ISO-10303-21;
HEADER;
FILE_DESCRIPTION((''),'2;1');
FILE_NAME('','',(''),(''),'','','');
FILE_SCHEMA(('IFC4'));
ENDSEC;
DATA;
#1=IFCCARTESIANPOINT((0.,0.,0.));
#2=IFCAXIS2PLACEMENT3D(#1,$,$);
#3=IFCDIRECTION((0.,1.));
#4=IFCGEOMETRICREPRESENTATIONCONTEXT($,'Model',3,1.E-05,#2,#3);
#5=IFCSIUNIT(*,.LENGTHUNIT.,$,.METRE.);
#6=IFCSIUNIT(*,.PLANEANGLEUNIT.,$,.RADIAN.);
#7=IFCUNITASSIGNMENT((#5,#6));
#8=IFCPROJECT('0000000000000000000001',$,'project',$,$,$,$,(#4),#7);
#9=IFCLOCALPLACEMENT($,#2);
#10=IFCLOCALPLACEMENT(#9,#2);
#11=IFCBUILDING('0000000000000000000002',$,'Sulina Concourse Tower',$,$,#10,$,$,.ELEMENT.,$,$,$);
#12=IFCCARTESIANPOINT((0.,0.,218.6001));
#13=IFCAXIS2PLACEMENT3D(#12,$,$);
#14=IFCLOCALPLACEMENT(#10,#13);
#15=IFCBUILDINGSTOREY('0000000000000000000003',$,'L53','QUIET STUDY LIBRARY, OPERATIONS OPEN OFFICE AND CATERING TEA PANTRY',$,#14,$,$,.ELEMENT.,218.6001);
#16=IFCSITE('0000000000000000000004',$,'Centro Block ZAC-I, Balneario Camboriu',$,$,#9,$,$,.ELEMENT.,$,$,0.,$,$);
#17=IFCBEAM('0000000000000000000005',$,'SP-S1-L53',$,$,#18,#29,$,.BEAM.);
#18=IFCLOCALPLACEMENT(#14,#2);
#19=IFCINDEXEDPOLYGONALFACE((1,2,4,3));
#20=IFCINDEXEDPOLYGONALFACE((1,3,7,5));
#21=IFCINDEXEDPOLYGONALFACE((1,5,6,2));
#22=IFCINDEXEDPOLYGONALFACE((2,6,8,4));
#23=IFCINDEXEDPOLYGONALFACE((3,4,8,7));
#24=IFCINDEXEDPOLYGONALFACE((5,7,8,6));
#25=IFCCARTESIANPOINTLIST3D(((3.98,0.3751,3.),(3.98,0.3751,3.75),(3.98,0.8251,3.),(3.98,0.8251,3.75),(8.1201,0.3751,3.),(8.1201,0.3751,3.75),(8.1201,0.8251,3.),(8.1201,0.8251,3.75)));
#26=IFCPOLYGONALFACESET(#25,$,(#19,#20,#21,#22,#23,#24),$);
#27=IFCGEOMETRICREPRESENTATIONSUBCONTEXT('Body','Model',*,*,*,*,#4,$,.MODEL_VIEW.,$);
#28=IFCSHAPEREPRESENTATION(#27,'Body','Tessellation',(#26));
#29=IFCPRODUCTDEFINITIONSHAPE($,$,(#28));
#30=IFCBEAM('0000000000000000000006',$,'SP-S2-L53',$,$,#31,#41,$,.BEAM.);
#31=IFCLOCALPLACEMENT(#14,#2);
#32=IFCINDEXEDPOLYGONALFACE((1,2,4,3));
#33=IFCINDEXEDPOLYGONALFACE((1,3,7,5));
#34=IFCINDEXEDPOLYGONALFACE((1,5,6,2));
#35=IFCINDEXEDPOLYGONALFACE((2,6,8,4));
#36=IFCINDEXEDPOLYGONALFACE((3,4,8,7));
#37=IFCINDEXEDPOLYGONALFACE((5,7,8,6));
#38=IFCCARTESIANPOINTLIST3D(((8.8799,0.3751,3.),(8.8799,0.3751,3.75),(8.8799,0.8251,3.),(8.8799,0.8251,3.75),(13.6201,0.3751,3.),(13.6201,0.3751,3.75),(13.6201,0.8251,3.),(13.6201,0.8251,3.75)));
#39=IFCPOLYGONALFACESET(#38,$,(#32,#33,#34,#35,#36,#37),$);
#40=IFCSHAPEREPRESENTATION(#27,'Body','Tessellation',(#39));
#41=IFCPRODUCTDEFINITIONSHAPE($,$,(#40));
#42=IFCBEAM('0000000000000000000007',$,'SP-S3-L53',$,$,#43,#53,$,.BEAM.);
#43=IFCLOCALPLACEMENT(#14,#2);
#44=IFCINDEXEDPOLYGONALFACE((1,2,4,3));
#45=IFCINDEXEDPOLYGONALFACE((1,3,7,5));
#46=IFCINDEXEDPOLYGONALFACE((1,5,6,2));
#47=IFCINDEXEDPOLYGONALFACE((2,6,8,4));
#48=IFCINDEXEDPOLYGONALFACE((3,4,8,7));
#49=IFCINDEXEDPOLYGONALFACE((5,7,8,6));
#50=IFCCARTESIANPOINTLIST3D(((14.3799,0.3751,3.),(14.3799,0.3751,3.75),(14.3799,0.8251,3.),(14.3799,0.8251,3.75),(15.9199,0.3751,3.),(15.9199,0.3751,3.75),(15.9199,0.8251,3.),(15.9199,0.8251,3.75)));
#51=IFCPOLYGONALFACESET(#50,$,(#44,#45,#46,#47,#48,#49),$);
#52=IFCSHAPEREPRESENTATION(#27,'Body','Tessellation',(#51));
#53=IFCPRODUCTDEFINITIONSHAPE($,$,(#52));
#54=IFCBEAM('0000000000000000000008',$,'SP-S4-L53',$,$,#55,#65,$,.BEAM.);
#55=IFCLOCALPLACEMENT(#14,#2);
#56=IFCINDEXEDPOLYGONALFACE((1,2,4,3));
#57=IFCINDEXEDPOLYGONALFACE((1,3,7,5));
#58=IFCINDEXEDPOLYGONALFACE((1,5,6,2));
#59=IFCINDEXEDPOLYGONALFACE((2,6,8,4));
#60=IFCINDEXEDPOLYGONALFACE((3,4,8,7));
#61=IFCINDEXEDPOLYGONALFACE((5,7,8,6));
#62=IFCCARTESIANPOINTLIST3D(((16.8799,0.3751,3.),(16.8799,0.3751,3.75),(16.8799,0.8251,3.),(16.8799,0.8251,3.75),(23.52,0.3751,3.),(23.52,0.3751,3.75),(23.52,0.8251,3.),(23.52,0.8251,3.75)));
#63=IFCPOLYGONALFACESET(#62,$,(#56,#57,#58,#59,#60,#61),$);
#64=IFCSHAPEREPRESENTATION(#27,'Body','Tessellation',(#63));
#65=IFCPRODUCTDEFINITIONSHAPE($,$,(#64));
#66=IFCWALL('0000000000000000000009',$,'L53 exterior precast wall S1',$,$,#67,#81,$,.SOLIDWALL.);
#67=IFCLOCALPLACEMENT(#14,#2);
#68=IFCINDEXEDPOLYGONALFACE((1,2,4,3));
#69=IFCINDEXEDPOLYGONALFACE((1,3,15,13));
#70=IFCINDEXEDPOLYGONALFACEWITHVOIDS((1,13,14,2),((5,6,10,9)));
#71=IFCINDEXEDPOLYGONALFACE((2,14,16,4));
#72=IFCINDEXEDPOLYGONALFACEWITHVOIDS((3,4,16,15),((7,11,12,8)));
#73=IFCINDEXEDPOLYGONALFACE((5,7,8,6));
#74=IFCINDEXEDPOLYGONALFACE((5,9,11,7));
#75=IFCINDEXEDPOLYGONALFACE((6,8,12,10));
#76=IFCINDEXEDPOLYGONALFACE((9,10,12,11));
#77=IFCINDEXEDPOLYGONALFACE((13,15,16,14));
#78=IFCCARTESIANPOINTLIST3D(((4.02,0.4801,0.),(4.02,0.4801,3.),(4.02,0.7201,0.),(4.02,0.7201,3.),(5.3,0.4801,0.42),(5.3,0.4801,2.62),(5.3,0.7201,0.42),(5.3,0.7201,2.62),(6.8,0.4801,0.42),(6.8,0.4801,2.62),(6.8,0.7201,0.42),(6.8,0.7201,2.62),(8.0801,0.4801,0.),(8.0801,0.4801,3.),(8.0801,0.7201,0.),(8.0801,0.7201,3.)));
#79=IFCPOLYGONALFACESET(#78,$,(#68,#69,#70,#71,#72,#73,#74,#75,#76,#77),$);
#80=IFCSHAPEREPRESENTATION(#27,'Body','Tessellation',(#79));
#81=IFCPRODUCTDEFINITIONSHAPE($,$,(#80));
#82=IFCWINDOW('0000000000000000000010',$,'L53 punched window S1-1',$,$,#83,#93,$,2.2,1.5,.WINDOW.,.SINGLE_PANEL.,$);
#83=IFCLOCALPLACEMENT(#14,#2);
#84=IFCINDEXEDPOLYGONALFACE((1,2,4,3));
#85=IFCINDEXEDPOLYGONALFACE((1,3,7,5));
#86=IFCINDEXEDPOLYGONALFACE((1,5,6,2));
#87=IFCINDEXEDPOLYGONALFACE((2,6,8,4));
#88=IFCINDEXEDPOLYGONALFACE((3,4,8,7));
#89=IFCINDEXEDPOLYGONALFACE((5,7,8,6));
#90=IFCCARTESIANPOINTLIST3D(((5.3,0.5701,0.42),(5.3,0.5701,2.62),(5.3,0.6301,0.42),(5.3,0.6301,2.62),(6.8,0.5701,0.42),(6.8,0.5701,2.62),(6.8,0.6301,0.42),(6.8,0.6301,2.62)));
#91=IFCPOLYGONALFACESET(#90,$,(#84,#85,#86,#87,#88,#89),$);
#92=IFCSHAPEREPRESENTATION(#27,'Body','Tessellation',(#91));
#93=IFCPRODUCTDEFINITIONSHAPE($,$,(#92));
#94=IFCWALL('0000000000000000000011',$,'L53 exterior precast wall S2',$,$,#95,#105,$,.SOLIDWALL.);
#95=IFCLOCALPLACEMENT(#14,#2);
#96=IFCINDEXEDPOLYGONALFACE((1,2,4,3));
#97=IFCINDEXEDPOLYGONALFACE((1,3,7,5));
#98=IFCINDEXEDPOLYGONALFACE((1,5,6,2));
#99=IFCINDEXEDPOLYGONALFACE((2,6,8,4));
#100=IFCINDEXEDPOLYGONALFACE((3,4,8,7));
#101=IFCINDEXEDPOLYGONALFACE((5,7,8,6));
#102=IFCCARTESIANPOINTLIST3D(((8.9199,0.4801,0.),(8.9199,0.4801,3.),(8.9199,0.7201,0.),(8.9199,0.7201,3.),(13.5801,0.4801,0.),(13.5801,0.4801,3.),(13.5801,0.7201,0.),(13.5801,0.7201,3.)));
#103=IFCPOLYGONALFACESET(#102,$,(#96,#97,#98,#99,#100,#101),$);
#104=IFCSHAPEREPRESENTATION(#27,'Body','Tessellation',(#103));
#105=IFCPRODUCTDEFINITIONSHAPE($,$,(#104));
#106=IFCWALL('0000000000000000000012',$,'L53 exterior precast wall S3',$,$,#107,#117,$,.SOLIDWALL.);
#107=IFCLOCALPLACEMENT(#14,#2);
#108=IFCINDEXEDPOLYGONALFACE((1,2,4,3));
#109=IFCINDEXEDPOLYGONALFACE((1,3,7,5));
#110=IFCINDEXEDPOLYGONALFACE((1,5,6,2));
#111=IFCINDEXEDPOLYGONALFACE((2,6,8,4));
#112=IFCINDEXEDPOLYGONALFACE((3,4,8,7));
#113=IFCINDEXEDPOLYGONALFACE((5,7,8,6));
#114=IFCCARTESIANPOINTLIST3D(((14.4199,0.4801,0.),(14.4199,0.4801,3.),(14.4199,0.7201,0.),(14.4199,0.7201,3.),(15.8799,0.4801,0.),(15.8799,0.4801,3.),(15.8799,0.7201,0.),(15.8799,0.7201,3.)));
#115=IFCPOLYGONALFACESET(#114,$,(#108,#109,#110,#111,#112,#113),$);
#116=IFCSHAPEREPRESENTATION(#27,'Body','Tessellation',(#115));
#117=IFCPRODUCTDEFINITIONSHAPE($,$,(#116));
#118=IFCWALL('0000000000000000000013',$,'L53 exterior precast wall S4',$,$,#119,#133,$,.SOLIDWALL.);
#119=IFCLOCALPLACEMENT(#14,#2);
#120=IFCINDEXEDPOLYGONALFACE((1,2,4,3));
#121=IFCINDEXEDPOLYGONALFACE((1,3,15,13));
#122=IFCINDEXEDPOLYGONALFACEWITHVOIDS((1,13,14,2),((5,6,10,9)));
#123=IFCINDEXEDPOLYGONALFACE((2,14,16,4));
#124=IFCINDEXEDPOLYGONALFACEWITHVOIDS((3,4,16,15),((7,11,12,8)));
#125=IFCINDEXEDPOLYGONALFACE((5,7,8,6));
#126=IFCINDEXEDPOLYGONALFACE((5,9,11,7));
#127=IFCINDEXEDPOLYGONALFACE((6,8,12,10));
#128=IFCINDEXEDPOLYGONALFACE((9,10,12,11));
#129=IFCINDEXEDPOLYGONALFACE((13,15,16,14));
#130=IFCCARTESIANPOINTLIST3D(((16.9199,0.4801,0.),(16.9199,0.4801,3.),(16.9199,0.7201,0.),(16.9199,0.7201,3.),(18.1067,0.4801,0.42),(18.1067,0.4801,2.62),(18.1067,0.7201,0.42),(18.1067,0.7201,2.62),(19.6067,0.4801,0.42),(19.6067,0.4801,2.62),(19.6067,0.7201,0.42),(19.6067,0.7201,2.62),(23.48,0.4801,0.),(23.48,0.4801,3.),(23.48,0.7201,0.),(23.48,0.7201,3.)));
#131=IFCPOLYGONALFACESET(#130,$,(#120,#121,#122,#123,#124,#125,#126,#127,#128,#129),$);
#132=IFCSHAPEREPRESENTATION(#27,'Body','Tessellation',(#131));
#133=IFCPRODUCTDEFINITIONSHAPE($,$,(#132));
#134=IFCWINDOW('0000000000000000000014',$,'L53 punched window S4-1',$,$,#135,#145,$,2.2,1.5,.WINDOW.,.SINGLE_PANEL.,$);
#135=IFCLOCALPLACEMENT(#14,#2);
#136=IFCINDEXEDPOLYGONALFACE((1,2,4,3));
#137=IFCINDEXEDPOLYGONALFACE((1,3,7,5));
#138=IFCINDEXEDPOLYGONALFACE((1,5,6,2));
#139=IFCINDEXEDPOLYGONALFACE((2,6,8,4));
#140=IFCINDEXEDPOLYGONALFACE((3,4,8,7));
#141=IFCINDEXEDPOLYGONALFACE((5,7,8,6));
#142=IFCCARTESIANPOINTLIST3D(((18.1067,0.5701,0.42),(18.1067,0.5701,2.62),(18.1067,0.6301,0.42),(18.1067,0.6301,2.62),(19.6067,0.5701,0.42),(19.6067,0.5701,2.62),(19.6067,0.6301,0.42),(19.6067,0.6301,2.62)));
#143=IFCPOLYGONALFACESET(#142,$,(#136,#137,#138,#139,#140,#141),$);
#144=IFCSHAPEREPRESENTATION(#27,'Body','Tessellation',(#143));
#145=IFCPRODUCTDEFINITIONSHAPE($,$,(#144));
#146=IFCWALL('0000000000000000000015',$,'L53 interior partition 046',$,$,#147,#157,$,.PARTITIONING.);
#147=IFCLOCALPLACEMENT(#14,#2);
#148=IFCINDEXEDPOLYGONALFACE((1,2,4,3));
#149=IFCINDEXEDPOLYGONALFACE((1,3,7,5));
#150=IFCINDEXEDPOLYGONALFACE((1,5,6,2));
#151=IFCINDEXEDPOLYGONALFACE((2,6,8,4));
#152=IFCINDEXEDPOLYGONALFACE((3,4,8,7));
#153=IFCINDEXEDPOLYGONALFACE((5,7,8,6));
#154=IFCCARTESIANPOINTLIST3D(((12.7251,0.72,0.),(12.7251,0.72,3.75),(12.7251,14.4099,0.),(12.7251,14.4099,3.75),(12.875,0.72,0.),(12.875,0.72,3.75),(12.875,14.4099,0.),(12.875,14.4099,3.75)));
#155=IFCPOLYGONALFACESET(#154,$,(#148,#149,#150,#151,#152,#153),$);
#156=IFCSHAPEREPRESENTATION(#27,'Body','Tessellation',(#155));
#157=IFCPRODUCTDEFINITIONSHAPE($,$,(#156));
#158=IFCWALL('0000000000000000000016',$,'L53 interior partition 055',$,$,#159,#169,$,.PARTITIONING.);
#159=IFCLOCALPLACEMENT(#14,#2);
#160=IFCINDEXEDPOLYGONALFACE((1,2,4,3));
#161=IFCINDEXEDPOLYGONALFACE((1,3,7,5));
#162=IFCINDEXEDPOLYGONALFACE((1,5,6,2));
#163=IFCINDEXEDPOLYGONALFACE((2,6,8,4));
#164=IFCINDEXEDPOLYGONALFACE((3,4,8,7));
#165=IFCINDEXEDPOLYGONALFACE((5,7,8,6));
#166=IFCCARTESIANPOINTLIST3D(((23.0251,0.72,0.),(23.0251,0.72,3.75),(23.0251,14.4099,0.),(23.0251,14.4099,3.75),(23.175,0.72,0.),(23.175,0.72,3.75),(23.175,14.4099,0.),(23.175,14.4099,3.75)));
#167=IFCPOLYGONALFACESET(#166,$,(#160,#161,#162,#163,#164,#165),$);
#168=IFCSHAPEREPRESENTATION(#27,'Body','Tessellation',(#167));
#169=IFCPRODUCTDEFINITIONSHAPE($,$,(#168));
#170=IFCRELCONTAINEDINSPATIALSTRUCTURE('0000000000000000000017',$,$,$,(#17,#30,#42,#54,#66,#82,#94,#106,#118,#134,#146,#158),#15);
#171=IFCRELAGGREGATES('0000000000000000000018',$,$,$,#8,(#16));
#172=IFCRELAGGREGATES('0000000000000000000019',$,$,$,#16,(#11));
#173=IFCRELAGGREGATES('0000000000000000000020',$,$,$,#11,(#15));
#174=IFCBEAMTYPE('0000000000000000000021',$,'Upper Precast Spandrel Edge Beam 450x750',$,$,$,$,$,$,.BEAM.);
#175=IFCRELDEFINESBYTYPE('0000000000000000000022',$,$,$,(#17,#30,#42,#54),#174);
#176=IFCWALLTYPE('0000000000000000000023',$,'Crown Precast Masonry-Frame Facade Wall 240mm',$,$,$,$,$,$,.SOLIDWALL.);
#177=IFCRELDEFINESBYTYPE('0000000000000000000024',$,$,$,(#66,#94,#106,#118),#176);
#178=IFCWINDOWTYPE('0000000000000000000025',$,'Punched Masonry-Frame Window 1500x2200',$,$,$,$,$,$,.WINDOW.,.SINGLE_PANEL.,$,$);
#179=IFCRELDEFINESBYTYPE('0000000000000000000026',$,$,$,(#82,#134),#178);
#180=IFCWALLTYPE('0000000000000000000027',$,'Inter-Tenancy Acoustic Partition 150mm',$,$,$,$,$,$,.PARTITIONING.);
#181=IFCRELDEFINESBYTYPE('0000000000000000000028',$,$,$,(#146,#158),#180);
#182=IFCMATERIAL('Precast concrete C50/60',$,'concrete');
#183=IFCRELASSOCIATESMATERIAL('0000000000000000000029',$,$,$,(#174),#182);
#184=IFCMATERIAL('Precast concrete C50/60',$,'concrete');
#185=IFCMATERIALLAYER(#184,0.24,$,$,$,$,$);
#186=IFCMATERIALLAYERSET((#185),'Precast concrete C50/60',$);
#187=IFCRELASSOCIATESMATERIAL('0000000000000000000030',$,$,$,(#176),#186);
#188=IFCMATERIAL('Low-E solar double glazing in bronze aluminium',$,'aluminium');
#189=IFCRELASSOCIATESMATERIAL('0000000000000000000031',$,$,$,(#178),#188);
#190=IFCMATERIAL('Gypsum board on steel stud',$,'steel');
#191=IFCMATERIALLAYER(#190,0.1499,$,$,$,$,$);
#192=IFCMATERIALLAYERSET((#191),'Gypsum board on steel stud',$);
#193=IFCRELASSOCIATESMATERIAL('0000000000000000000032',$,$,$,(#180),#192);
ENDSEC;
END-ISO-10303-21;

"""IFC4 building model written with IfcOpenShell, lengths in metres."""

from ifc_helpers import new_model, si_unit, direction, frame, frame_2d, origin, origin_2d, place, context, subcontext, project, spatial, rectangle, extrude, material, layer, layer_set, material_profile, profile_set, type_object, element, fill, save


model = new_model("IFC4")

# Units and contexts
model_context = context("Model", 3, precision=1e-05, world=origin(), true_north=direction((0.0, 1.0)))
body_context = subcontext(model_context, "Body", "Model", "MODEL_VIEW")
ifc_project = project(units=[si_unit("LENGTHUNIT", "METRE"), si_unit("PLANEANGLEUNIT", "RADIAN")], contexts=[model_context])

# Site, building, storey
site_placement = place(None, origin())
site = spatial("IfcSite", under=ifc_project, at=site_placement, Name="Centro Block ZAC-I, Balneario Camboriu", CompositionType="ELEMENT", RefElevation=0.0)
building_placement = place(site_placement, origin())
building = spatial("IfcBuilding", under=site, at=building_placement, Name="Sulina Concourse Tower", CompositionType="ELEMENT")
storey_placement = place(building_placement, frame((0.0, 0.0, 218.6001)))
storey = spatial("IfcBuildingStorey", under=building, at=storey_placement, Name="L53", Description="QUIET STUDY LIBRARY, OPERATIONS OPEN OFFICE AND CATERING TEA PANTRY", CompositionType="ELEMENT", Elevation=218.6001)

# Beams
ifc_material_1 = material(Name="Precast concrete C50/60", Category="concrete")
ifc_material_profile_1 = material_profile(ifc_material_1, rectangle(XDim=0.45, YDim=0.75, at=origin_2d()), Name="RC 450x750")
ifc_profile_set_1 = profile_set([ifc_material_profile_1], Name="Precast concrete C50/60")
beam_type_1 = type_object("IfcBeamType", Name="Upper Precast Spandrel Edge Beam 450x750", PredefinedType="BEAM", material=ifc_profile_set_1)
beam_1_placement = place(storey_placement, frame((3.98, 0.6001, 3.375), z_axis=(1.0, 0.0, 0.0), x_axis=(0.0, 1.0, 0.0)))
element("IfcBeam", 1, at=beam_1_placement, inside=storey, type_object=beam_type_1, Name="SP-S1-L53", PredefinedType="BEAM", context=body_context, shape_type="SweptSolid", body=[
    extrude(rectangle(XDim=0.45, YDim=0.75, at=origin_2d()), origin(), (0.0, 0.0, 1.0), 4.1401),
])
beam_2_placement = place(storey_placement, frame((8.8799, 0.6001, 3.375), z_axis=(1.0, 0.0, 0.0), x_axis=(0.0, 1.0, 0.0)))
element("IfcBeam", 2, at=beam_2_placement, inside=storey, type_object=beam_type_1, Name="SP-S2-L53", PredefinedType="BEAM", context=body_context, shape_type="SweptSolid", body=[
    extrude(rectangle(XDim=0.45, YDim=0.75, at=origin_2d()), origin(), (0.0, 0.0, 1.0), 4.7402),
])
beam_3_placement = place(storey_placement, frame((14.3799, 0.6001, 3.375), z_axis=(1.0, 0.0, 0.0), x_axis=(0.0, 1.0, 0.0)))
element("IfcBeam", 3, at=beam_3_placement, inside=storey, type_object=beam_type_1, Name="SP-S3-L53", PredefinedType="BEAM", context=body_context, shape_type="SweptSolid", body=[
    extrude(rectangle(XDim=0.45, YDim=0.75, at=origin_2d()), origin(), (0.0, 0.0, 1.0), 1.54),
])
beam_4_placement = place(storey_placement, frame((16.8799, 0.6001, 3.375), z_axis=(1.0, 0.0, 0.0), x_axis=(0.0, 1.0, 0.0)))
element("IfcBeam", 4, at=beam_4_placement, inside=storey, type_object=beam_type_1, Name="SP-S4-L53", PredefinedType="BEAM", context=body_context, shape_type="SweptSolid", body=[
    extrude(rectangle(XDim=0.45, YDim=0.75, at=origin_2d()), origin(), (0.0, 0.0, 1.0), 6.6401),
])

# Wall, opening, window
ifc_material_2 = material(Name="Precast concrete C50/60", Category="concrete")
ifc_layer_1 = layer(ifc_material_2, 0.24)
ifc_layer_set_1 = layer_set([ifc_layer_1], Name="Precast concrete C50/60")
wall_type_1 = type_object("IfcWallType", Name="Crown Precast Masonry-Frame Facade Wall 240mm", PredefinedType="SOLIDWALL", material=ifc_layer_set_1)
wall_1_placement = place(storey_placement, frame((8.0801, 0.6001, 0.0), z_axis=(0.0, 0.0, 1.0), x_axis=(-1.0, 0.0, 0.0)))
wall_1 = element("IfcWall", 5, at=wall_1_placement, inside=storey, type_object=wall_type_1, Name="L53 exterior precast wall S1", PredefinedType="SOLIDWALL", context=body_context, shape_type="SweptSolid", body=[
    extrude(rectangle(XDim=4.0601, YDim=0.24, at=frame_2d((2.03, 0.0))), origin(), (0.0, 0.0, 1.0), 3.0),
])
opening_1_placement = place(wall_1_placement, frame((1.28, 0.0, 0.4199)))
opening_1 = element("IfcOpeningElement", 6, at=opening_1_placement, cuts=wall_1, PredefinedType="OPENING", context=body_context, shape_type="SweptSolid", body=[
    extrude(rectangle(XDim=1.5, YDim=2.2, at=frame_2d((0.75, 1.1001))), frame((0.0, 0.1299, 0.0), z_axis=(0.0, -1.0, 0.0), x_axis=(1.0, 0.0, 0.0)), (0.0, 0.0, 1.0), 0.26),
])
ifc_material_3 = material(Name="Low-E solar double glazing in bronze aluminium", Category="aluminium")
window_type = type_object("IfcWindowType", Name="Punched Masonry-Frame Window 1500x2200", PartitioningType="SINGLE_PANEL", PredefinedType="WINDOW", material=ifc_material_3)
window_1_placement = place(opening_1_placement, origin())
window_1 = element("IfcWindow", 7, at=window_1_placement, inside=storey, type_object=window_type, Name="L53 punched window S1-1", OverallHeight=2.2, OverallWidth=1.5, PartitioningType="SINGLE_PANEL", PredefinedType="WINDOW", context=body_context, shape_type="SweptSolid", body=[
    extrude(rectangle(XDim=1.5, YDim=2.2, at=frame_2d((0.75, 1.1001))), frame((0.0, 0.03, 0.0), z_axis=(0.0, -1.0, 0.0), x_axis=(1.0, 0.0, 0.0)), (0.0, 0.0, 1.0), 0.0601),
])
fill(opening_1, window_1)

# Walls
wall_2_placement = place(storey_placement, frame((13.5801, 0.6001, 0.0), z_axis=(0.0, 0.0, 1.0), x_axis=(-1.0, 0.0, 0.0)))
element("IfcWall", 8, at=wall_2_placement, inside=storey, type_object=wall_type_1, Name="L53 exterior precast wall S2", PredefinedType="SOLIDWALL", context=body_context, shape_type="SweptSolid", body=[
    extrude(rectangle(XDim=4.6602, YDim=0.24, at=frame_2d((2.3301, 0.0))), origin(), (0.0, 0.0, 1.0), 3.0),
])
wall_3_placement = place(storey_placement, frame((15.8799, 0.6001, 0.0), z_axis=(0.0, 0.0, 1.0), x_axis=(-1.0, 0.0, 0.0)))
element("IfcWall", 9, at=wall_3_placement, inside=storey, type_object=wall_type_1, Name="L53 exterior precast wall S3", PredefinedType="SOLIDWALL", context=body_context, shape_type="SweptSolid", body=[
    extrude(rectangle(XDim=1.46, YDim=0.24, at=frame_2d((0.73, 0.0))), origin(), (0.0, 0.0, 1.0), 3.0),
])

# Wall, opening, window
wall_4_placement = place(storey_placement, frame((23.48, 0.6001, 0.0), z_axis=(0.0, 0.0, 1.0), x_axis=(-1.0, 0.0, 0.0)))
wall_4 = element("IfcWall", 10, at=wall_4_placement, inside=storey, type_object=wall_type_1, Name="L53 exterior precast wall S4", PredefinedType="SOLIDWALL", context=body_context, shape_type="SweptSolid", body=[
    extrude(rectangle(XDim=6.5601, YDim=0.24, at=frame_2d((3.28, 0.0))), origin(), (0.0, 0.0, 1.0), 3.0),
])
opening_2_placement = place(wall_4_placement, frame((3.8733, 0.0, 0.4199)))
opening_2 = element("IfcOpeningElement", 11, at=opening_2_placement, cuts=wall_4, PredefinedType="OPENING", context=body_context, shape_type="SweptSolid", body=[
    extrude(rectangle(XDim=1.5, YDim=2.2, at=frame_2d((0.75, 1.1001))), frame((0.0, 0.1299, 0.0), z_axis=(0.0, -1.0, 0.0), x_axis=(1.0, 0.0, 0.0)), (0.0, 0.0, 1.0), 0.26),
])
window_2_placement = place(opening_2_placement, origin())
window_2 = element("IfcWindow", 12, at=window_2_placement, inside=storey, type_object=window_type, Name="L53 punched window S4-1", OverallHeight=2.2, OverallWidth=1.5, PartitioningType="SINGLE_PANEL", PredefinedType="WINDOW", context=body_context, shape_type="SweptSolid", body=[
    extrude(rectangle(XDim=1.5, YDim=2.2, at=frame_2d((0.75, 1.1001))), frame((0.0, 0.03, 0.0), z_axis=(0.0, -1.0, 0.0), x_axis=(1.0, 0.0, 0.0)), (0.0, 0.0, 1.0), 0.0601),
])
fill(opening_2, window_2)

# Walls
ifc_material_4 = material(Name="Gypsum board on steel stud", Category="steel")
ifc_layer_2 = layer(ifc_material_4, 0.1499)
ifc_layer_set_2 = layer_set([ifc_layer_2], Name="Gypsum board on steel stud")
wall_type_2 = type_object("IfcWallType", Name="Inter-Tenancy Acoustic Partition 150mm", PredefinedType="PARTITIONING", material=ifc_layer_set_2)
for number, where, z_axis, x_axis, name in (
    (13, (12.8, 0.72, 0.0), (0.0, 0.0, 1.0), (0.0, 1.0, 0.0), "L53 interior partition 046"),
    (14, (23.1001, 0.72, 0.0), (0.0, 0.0, 1.0), (0.0, 1.0, 0.0), "L53 interior partition 055"),
):
    element("IfcWall", number, at=place(storey_placement, frame(where, z_axis=z_axis, x_axis=x_axis)), inside=storey, type_object=wall_type_2, Name=name, PredefinedType="PARTITIONING", context=body_context, shape_type="SweptSolid", body=[
        extrude(rectangle(XDim=13.6899, YDim=0.1499, at=frame_2d((6.845, 0.0))), origin(), (0.0, 0.0, 1.0), 3.75),
    ])

save(model, "model.ifc")
